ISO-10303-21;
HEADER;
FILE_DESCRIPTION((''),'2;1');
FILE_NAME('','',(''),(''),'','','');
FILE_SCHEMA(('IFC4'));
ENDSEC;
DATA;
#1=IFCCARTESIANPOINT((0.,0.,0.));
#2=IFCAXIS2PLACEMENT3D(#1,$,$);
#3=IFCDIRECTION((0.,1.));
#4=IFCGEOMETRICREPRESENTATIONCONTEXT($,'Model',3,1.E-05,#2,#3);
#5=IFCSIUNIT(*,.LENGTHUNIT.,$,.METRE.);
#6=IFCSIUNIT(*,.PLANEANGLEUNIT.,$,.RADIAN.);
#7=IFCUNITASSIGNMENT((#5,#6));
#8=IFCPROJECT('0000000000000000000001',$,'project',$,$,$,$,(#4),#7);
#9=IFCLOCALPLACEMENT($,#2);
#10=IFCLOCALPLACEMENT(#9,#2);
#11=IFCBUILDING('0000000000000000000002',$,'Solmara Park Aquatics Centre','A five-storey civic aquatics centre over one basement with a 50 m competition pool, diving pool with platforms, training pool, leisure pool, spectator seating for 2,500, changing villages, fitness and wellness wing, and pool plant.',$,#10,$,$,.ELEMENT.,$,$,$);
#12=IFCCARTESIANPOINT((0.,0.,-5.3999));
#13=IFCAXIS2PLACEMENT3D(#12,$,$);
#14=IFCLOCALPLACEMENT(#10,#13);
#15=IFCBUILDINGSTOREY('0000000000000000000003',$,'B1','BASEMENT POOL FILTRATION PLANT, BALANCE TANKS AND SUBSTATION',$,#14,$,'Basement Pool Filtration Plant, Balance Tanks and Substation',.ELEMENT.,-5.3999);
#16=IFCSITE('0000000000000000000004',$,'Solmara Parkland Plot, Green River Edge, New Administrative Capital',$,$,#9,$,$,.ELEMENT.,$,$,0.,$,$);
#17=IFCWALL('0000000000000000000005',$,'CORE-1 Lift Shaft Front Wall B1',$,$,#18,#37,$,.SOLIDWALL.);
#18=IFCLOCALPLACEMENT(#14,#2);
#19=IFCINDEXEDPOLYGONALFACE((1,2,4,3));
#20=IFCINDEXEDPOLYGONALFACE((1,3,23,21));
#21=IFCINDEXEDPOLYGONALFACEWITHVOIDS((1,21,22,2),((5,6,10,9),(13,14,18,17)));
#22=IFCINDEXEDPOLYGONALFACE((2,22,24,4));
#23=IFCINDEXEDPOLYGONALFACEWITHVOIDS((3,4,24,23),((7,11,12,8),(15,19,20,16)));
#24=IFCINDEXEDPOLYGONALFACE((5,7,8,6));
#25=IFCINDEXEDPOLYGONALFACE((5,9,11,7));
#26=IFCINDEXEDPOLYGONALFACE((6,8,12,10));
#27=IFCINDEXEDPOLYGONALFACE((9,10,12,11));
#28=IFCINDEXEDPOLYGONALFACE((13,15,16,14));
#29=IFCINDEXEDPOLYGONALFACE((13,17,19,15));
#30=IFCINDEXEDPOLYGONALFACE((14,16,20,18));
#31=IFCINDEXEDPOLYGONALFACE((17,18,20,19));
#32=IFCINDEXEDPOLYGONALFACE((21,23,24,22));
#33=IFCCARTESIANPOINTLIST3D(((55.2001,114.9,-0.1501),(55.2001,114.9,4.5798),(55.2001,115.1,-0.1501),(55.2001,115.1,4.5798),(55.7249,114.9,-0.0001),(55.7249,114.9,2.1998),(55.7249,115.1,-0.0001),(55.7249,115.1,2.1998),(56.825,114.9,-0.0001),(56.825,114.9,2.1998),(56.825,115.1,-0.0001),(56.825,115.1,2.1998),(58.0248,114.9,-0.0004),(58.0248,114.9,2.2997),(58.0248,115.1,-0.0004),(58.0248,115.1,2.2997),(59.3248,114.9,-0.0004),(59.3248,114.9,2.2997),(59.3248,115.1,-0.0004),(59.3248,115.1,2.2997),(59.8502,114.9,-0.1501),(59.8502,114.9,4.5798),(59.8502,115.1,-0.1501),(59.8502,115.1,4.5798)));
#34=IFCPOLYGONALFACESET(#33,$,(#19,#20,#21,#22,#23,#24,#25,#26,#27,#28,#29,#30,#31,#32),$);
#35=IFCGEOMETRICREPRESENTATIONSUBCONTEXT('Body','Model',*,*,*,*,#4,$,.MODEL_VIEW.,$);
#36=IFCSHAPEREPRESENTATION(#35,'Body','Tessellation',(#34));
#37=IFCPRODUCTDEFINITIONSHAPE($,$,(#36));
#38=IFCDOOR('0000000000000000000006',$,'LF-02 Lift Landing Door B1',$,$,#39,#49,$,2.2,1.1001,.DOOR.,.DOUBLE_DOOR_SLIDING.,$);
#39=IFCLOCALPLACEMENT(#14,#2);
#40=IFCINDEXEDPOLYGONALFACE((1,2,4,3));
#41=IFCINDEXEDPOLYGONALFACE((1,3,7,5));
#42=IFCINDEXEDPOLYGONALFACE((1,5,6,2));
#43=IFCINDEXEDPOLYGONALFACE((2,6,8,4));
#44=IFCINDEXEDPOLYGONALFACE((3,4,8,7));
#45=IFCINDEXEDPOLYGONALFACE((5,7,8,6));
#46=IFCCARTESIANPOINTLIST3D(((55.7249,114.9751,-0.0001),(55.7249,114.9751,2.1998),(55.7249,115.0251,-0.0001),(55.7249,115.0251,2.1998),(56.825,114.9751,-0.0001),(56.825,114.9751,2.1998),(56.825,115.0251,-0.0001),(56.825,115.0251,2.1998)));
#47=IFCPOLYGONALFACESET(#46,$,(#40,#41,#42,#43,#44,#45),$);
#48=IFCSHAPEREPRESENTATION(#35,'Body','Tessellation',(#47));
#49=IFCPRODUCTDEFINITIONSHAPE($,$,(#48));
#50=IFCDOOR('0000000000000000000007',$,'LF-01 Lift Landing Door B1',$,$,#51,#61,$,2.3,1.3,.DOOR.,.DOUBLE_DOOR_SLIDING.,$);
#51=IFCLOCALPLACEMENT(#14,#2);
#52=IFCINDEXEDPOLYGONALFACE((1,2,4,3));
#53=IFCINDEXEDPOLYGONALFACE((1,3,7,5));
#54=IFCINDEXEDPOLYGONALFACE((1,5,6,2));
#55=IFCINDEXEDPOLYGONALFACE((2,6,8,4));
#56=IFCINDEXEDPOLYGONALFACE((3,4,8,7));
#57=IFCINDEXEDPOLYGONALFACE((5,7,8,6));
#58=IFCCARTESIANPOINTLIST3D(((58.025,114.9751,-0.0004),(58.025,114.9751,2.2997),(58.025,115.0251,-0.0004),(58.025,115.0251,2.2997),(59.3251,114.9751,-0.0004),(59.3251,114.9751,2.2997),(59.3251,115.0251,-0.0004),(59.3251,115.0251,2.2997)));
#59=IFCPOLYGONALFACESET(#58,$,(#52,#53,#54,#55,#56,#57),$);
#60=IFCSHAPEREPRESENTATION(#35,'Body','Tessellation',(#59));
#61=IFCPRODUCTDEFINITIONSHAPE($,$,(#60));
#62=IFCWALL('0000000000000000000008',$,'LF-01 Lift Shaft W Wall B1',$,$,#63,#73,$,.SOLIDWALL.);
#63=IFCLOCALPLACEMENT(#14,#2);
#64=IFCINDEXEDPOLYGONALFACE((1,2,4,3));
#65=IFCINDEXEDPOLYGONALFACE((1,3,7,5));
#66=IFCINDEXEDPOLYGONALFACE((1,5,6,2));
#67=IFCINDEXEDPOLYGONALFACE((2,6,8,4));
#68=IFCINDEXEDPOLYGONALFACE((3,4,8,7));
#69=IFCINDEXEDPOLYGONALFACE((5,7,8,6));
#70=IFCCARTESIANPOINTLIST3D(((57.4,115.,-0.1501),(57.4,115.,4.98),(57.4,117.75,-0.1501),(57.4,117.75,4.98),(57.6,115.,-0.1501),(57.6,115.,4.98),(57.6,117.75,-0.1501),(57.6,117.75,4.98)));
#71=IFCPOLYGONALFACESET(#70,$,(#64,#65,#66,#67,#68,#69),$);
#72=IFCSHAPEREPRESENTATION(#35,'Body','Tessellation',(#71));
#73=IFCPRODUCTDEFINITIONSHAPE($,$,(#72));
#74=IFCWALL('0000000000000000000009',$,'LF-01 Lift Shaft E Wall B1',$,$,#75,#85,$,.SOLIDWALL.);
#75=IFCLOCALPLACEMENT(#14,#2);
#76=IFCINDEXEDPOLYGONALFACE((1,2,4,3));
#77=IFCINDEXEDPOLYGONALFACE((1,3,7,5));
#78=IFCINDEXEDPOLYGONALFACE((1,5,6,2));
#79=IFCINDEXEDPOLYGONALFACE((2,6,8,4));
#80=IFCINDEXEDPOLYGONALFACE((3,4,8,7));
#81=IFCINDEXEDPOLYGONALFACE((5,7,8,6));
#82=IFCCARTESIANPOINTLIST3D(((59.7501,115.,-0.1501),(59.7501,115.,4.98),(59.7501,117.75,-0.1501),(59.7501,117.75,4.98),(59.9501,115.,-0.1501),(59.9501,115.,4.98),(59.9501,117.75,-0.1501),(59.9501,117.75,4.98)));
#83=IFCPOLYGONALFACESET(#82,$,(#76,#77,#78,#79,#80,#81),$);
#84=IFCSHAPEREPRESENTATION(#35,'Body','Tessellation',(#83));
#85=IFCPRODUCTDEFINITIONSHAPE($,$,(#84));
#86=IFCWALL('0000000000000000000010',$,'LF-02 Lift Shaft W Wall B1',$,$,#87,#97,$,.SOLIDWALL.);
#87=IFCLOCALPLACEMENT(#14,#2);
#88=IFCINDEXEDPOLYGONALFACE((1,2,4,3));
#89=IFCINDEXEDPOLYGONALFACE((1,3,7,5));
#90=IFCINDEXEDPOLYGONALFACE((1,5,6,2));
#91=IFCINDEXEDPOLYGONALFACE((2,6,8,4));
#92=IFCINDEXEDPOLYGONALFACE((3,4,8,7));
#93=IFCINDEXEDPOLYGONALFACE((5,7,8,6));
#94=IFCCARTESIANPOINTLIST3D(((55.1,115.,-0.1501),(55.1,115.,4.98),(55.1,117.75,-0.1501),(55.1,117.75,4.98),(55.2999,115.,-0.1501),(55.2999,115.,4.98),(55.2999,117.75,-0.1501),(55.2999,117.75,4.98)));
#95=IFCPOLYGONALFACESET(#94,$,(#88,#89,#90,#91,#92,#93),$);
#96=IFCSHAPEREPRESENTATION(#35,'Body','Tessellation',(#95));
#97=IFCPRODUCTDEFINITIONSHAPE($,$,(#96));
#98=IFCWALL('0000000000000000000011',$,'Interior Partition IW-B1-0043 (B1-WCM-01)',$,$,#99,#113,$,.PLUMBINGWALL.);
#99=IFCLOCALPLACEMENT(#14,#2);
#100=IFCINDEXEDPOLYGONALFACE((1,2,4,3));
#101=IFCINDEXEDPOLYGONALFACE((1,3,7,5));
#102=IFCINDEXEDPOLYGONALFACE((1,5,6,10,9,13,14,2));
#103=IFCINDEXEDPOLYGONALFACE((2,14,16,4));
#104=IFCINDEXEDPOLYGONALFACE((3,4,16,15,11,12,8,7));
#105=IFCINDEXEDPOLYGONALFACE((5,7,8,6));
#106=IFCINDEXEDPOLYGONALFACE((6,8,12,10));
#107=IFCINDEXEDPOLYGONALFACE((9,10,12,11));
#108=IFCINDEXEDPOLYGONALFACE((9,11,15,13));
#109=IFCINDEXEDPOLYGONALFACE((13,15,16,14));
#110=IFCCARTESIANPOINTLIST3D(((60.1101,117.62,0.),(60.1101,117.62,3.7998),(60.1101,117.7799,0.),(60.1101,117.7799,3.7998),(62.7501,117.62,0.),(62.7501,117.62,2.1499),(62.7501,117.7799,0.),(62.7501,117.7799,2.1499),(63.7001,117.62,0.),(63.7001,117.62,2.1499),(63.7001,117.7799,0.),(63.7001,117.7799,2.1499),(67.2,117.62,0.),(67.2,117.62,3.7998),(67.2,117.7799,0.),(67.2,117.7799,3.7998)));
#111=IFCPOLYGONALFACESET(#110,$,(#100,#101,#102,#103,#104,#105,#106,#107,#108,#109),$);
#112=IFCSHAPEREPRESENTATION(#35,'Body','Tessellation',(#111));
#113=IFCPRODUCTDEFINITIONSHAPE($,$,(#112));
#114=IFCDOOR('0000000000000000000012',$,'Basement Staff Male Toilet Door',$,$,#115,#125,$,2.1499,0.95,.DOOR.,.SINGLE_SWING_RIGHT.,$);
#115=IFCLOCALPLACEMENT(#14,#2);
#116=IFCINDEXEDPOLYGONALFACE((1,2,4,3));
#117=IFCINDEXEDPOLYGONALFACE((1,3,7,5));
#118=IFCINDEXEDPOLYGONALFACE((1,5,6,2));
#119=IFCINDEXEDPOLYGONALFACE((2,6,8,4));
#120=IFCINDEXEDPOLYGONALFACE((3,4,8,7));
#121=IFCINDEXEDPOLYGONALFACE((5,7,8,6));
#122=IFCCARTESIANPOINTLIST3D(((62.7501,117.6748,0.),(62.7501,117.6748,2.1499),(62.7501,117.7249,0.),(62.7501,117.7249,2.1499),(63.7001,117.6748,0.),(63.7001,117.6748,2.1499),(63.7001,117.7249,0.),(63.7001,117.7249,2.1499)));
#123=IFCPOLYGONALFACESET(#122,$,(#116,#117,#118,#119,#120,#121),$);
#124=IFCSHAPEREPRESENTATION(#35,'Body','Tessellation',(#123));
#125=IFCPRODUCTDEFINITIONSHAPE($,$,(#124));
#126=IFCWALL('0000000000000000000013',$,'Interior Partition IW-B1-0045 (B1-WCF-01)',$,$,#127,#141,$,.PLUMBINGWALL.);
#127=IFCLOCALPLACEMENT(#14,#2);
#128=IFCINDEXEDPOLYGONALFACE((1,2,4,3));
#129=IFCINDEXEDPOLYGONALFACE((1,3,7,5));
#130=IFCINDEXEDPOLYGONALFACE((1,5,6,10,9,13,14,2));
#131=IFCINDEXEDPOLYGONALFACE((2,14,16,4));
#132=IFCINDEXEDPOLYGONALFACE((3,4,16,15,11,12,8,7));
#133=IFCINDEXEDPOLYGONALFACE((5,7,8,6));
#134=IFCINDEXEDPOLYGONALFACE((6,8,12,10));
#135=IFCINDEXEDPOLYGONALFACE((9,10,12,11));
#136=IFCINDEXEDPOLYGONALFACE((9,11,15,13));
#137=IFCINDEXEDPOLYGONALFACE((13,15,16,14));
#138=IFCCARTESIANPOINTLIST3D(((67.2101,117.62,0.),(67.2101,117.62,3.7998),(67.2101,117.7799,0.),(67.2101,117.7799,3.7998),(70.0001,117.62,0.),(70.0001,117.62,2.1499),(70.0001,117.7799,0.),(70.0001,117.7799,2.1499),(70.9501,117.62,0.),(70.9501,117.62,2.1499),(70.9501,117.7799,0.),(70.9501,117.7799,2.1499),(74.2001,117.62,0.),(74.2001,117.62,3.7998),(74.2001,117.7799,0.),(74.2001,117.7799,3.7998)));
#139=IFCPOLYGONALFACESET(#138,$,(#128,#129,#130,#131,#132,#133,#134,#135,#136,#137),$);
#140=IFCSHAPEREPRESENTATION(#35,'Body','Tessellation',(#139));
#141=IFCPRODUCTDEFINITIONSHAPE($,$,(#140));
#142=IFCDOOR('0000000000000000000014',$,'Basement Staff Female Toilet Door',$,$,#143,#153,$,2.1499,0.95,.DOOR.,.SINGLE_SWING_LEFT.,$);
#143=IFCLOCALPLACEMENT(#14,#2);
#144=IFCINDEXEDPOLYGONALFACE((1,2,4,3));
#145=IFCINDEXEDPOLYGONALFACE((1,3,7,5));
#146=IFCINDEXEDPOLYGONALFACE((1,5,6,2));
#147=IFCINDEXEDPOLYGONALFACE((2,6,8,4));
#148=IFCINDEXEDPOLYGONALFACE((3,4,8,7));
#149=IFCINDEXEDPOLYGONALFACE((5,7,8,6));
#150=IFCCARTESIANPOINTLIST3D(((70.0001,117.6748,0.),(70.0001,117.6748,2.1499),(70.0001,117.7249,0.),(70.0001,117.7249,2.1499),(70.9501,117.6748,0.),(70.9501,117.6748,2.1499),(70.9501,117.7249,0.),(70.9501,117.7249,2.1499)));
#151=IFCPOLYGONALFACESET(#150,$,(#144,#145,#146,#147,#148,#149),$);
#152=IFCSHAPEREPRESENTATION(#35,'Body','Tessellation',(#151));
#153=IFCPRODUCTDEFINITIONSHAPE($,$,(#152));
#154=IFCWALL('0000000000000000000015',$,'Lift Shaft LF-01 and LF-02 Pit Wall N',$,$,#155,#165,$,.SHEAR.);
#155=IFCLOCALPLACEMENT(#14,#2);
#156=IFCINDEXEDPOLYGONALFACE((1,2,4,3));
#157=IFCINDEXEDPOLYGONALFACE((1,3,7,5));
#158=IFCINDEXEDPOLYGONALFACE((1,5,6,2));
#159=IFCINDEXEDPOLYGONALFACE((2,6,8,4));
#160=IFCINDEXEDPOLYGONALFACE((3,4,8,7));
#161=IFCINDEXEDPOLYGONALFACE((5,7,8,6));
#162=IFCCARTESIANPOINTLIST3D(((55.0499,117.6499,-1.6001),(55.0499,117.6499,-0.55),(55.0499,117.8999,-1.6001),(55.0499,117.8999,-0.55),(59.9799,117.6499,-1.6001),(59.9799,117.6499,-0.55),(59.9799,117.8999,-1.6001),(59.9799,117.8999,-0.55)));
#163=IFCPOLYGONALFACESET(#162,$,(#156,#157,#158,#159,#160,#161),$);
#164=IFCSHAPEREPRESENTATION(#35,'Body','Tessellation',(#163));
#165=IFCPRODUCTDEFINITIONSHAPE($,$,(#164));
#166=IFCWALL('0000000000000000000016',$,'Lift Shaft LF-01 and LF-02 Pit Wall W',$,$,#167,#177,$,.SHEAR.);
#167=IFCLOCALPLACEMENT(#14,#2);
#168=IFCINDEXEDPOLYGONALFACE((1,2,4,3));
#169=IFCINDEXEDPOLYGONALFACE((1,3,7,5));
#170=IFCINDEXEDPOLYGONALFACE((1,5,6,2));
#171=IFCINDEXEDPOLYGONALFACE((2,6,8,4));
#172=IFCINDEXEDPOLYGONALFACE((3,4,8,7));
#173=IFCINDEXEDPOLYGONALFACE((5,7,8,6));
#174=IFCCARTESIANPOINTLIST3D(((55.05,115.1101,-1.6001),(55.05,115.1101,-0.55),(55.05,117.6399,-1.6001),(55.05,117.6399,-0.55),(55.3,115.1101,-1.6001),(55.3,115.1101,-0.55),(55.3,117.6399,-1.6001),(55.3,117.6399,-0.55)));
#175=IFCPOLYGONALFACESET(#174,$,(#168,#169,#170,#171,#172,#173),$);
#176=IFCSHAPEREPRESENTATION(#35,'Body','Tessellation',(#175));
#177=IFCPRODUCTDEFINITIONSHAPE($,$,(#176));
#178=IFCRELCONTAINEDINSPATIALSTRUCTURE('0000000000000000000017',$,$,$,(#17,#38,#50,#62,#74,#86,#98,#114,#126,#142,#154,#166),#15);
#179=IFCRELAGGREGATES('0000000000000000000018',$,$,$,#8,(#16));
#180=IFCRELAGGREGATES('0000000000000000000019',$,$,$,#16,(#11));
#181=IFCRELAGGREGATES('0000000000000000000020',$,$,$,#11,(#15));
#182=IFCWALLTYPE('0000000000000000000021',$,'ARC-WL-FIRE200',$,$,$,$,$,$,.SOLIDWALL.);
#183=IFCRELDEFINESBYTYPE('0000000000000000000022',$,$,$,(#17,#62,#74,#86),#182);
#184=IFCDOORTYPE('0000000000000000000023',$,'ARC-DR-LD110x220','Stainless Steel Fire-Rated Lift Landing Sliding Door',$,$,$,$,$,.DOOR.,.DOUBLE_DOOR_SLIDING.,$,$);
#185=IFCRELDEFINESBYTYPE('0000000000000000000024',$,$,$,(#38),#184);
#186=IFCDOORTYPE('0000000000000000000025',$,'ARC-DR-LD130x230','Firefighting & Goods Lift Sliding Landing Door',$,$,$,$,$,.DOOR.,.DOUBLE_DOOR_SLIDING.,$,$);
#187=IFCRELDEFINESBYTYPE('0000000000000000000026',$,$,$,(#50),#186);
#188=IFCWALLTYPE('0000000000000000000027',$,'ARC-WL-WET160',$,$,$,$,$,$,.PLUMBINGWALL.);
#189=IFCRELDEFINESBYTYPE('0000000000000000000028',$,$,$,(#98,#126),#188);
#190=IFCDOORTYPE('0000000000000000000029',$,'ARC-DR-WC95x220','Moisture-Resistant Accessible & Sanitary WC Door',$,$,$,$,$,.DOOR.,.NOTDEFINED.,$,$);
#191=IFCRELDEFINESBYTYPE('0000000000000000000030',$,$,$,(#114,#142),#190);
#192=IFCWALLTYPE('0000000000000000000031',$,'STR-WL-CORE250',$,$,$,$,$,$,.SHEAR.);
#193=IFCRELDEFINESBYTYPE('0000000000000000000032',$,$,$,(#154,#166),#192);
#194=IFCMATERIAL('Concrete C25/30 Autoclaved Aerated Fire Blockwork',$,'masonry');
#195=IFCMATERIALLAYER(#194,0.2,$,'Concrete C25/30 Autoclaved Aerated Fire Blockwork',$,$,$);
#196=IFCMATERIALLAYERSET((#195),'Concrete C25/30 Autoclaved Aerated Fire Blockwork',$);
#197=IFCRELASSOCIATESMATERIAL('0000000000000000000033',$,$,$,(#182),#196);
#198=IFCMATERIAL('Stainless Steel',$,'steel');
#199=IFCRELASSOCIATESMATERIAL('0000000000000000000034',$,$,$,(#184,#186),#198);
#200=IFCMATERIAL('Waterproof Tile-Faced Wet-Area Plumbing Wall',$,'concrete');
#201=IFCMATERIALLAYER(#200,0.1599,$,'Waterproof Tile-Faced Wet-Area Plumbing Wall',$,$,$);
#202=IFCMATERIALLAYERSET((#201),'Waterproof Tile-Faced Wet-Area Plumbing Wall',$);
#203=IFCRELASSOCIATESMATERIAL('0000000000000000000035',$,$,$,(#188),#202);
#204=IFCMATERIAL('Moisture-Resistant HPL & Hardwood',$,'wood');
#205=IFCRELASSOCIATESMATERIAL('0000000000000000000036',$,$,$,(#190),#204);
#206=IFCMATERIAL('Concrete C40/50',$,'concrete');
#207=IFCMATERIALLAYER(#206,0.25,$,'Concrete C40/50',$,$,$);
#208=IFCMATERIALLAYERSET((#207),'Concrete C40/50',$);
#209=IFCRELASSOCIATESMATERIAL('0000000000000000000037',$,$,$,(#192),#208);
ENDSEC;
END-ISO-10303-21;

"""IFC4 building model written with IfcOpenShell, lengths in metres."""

from ifc_helpers import new_model, si_unit, direction, frame, frame_2d, origin, place, context, subcontext, project, spatial, rectangle, extrude, material, layer, layer_set, type_object, element, fill, save


model = new_model("IFC4")

# Units and contexts
model_context = context("Model", 3, precision=1e-05, world=origin(), true_north=direction((0.0, 1.0)))
body_context = subcontext(model_context, "Body", "Model", "MODEL_VIEW")
ifc_project = project(units=[si_unit("LENGTHUNIT", "METRE"), si_unit("PLANEANGLEUNIT", "RADIAN")], contexts=[model_context])

# Site, building, storey
site_placement = place(None, origin())
site = spatial("IfcSite", under=ifc_project, at=site_placement, Name="Solmara Parkland Plot, Green River Edge, New Administrative Capital", CompositionType="ELEMENT", RefElevation=0.0)
building_placement = place(site_placement, origin())
building = spatial("IfcBuilding", under=site, at=building_placement, Name="Solmara Park Aquatics Centre", Description="A five-storey civic aquatics centre over one basement with a 50 m competition pool, diving pool with platforms, training pool, leisure pool, spectator seating for 2,500, changing villages, fitness and wellness wing, and pool plant.", CompositionType="ELEMENT")
storey_placement = place(building_placement, frame((0.0, 0.0, -5.3999)))
storey = spatial("IfcBuildingStorey", under=building, at=storey_placement, Name="B1", Description="BASEMENT POOL FILTRATION PLANT, BALANCE TANKS AND SUBSTATION", LongName="Basement Pool Filtration Plant, Balance Tanks and Substation", CompositionType="ELEMENT", Elevation=-5.3999)

# Shared definitions
ifc_material_1 = material(Name="Concrete C40/50", Category="concrete")

# Wall, openings, doors
ifc_material_2 = material(Name="Concrete C25/30 Autoclaved Aerated Fire Blockwork", Category="masonry")
ifc_layer_1 = layer(ifc_material_2, 0.2, Name="Concrete C25/30 Autoclaved Aerated Fire Blockwork")
ifc_layer_set_1 = layer_set([ifc_layer_1], Name="Concrete C25/30 Autoclaved Aerated Fire Blockwork")
wall_type_1 = type_object("IfcWallType", Name="ARC-WL-FIRE200", PredefinedType="SOLIDWALL", material=ifc_layer_set_1)
wall_1_placement = place(storey_placement, frame((55.2, 115.0, -0.1501), z_axis=(0.0, 0.0, 1.0), x_axis=(1.0, 0.0, 0.0)))
wall_1 = element("IfcWall", 1, at=wall_1_placement, inside=storey, type_object=wall_type_1, Name="CORE-1 Lift Shaft Front Wall B1", PredefinedType="SOLIDWALL", context=body_context, shape_type="SweptSolid", body=[
    extrude(rectangle(XDim=4.6501, YDim=0.2, at=frame_2d((2.3252, 0.0))), origin(), (0.0, 0.0, 1.0), 4.73),
])
opening_1_placement = place(wall_1_placement, frame((2.825, 0.0, 0.1499)))
opening_1 = element("IfcOpeningElement", 2, at=opening_1_placement, cuts=wall_1, PredefinedType="OPENING", context=body_context, shape_type="SweptSolid", body=[
    extrude(rectangle(XDim=1.3, YDim=2.3, at=frame_2d((0.6499, 1.1499))), frame((0.0, 0.1099, 0.0), z_axis=(0.0, -1.0, 0.0), x_axis=(1.0, 0.0, 0.0)), (0.0, 0.0, 1.0), 0.22),
])
opening_2_placement = place(wall_1_placement, frame((0.5249, 0.0, 0.1499)))
opening_2 = element("IfcOpeningElement", 3, at=opening_2_placement, cuts=wall_1, PredefinedType="OPENING", context=body_context, shape_type="SweptSolid", body=[
    extrude(rectangle(XDim=1.1001, YDim=2.2, at=frame_2d((0.55, 1.1001))), frame((0.0, 0.1099, 0.0), z_axis=(0.0, -1.0, 0.0), x_axis=(1.0, 0.0, 0.0)), (0.0, 0.0, 1.0), 0.22),
])
ifc_material_3 = material(Name="Stainless Steel", Category="steel")
door_type_1 = type_object("IfcDoorType", Name="ARC-DR-LD110x220", Description="Stainless Steel Fire-Rated Lift Landing Sliding Door", OperationType="DOUBLE_DOOR_SLIDING", PredefinedType="DOOR", material=ifc_material_3)
door_1_placement = place(opening_2_placement, frame((1.1001, 0.0, 0.0), z_axis=(0.0, 0.0, 1.0), x_axis=(-1.0, 0.0, 0.0)))
door_1 = element("IfcDoor", 4, at=door_1_placement, inside=storey, type_object=door_type_1, Name="LF-02 Lift Landing Door B1", OperationType="DOUBLE_DOOR_SLIDING", OverallHeight=2.2, OverallWidth=1.1001, PredefinedType="DOOR", context=body_context, shape_type="SweptSolid", body=[
    extrude(rectangle(XDim=1.1001, YDim=2.2, at=frame_2d((0.55, 1.1001))), frame((0.0, 0.0249, 0.0), z_axis=(0.0, -1.0, 0.0), x_axis=(1.0, 0.0, 0.0)), (0.0, 0.0, 1.0), 0.05),
])
fill(opening_2, door_1)
door_type_2 = type_object("IfcDoorType", Name="ARC-DR-LD130x230", Description="Firefighting & Goods Lift Sliding Landing Door", OperationType="DOUBLE_DOOR_SLIDING", PredefinedType="DOOR", material=ifc_material_3)
door_2_placement = place(opening_1_placement, frame((1.3, 0.0, 0.0), z_axis=(0.0, 0.0, 1.0), x_axis=(-1.0, 0.0, 0.0)))
door_2 = element("IfcDoor", 5, at=door_2_placement, inside=storey, type_object=door_type_2, Name="LF-01 Lift Landing Door B1", OperationType="DOUBLE_DOOR_SLIDING", OverallHeight=2.3, OverallWidth=1.3, PredefinedType="DOOR", context=body_context, shape_type="SweptSolid", body=[
    extrude(rectangle(XDim=1.3, YDim=2.3, at=frame_2d((0.6499, 1.1499))), frame((0.0, 0.0249, 0.0), z_axis=(0.0, -1.0, 0.0), x_axis=(1.0, 0.0, 0.0)), (0.0, 0.0, 1.0), 0.05),
])
fill(opening_1, door_2)

# Walls
for number, where, z_axis, x_axis, name in (
    (6, (57.5, 115.0, -0.1501), (0.0, 0.0, 1.0), (0.0, 1.0, 0.0), "LF-01 Lift Shaft W Wall B1"),
    (7, (59.8501, 115.0, -0.1501), (0.0, 0.0, 1.0), (0.0, 1.0, 0.0), "LF-01 Lift Shaft E Wall B1"),
    (8, (55.2, 115.0, -0.1501), (0.0, 0.0, 1.0), (0.0, 1.0, 0.0), "LF-02 Lift Shaft W Wall B1"),
):
    element("IfcWall", number, at=place(storey_placement, frame(where, z_axis=z_axis, x_axis=x_axis)), inside=storey, type_object=wall_type_1, Name=name, PredefinedType="SOLIDWALL", context=body_context, shape_type="SweptSolid", body=[
        extrude(rectangle(XDim=2.75, YDim=0.2, at=frame_2d((1.375, 0.0))), origin(), (0.0, 0.0, 1.0), 5.1301),
    ])

# Walls, openings, doors
ifc_material_4 = material(Name="Waterproof Tile-Faced Wet-Area Plumbing Wall", Category="concrete")
ifc_layer_2 = layer(ifc_material_4, 0.1599, Name="Waterproof Tile-Faced Wet-Area Plumbing Wall")
ifc_layer_set_2 = layer_set([ifc_layer_2], Name="Waterproof Tile-Faced Wet-Area Plumbing Wall")
wall_type_2 = type_object("IfcWallType", Name="ARC-WL-WET160", PredefinedType="PLUMBINGWALL", material=ifc_layer_set_2)
wall_2_placement = place(storey_placement, frame((60.1101, 117.7, 0.0), z_axis=(0.0, 0.0, 1.0), x_axis=(1.0, 0.0, 0.0)))
wall_2 = element("IfcWall", 9, at=wall_2_placement, inside=storey, type_object=wall_type_2, Name="Interior Partition IW-B1-0043 (B1-WCM-01)", PredefinedType="PLUMBINGWALL", context=body_context, shape_type="SweptSolid", body=[
    extrude(rectangle(XDim=7.0898, YDim=0.1599, at=frame_2d((3.5449, 0.0))), origin(), (0.0, 0.0, 1.0), 3.7998),
])
opening_3_placement = place(wall_2_placement, frame((2.6399, 0.0, 0.0)))
opening_3 = element("IfcOpeningElement", 10, at=opening_3_placement, cuts=wall_2, PredefinedType="OPENING", context=body_context, shape_type="SweptSolid", body=[
    extrude(rectangle(XDim=0.95, YDim=2.1499, at=frame_2d((0.4751, 1.075))), frame((0.0, 0.0898, 0.0), z_axis=(0.0, -1.0, 0.0), x_axis=(1.0, 0.0, 0.0)), (0.0, 0.0, 1.0), 0.1799),
])
ifc_material_5 = material(Name="Moisture-Resistant HPL & Hardwood", Category="wood")
door_type_3 = type_object("IfcDoorType", Name="ARC-DR-WC95x220", Description="Moisture-Resistant Accessible & Sanitary WC Door", OperationType="NOTDEFINED", PredefinedType="DOOR", material=ifc_material_5)
door_3_placement = place(opening_3_placement, origin())
door_3 = element("IfcDoor", 11, at=door_3_placement, inside=storey, type_object=door_type_3, Name="Basement Staff Male Toilet Door", OperationType="SINGLE_SWING_RIGHT", OverallHeight=2.1499, OverallWidth=0.95, PredefinedType="DOOR", context=body_context, shape_type="SweptSolid", body=[
    extrude(rectangle(XDim=0.95, YDim=2.1499, at=frame_2d((0.4751, 1.075))), frame((0.0, 0.0249, 0.0), z_axis=(0.0, -1.0, 0.0), x_axis=(1.0, 0.0, 0.0)), (0.0, 0.0, 1.0), 0.05),
])
fill(opening_3, door_3)
wall_3_placement = place(storey_placement, frame((67.21, 117.7, 0.0), z_axis=(0.0, 0.0, 1.0), x_axis=(1.0, 0.0, 0.0)))
wall_3 = element("IfcWall", 12, at=wall_3_placement, inside=storey, type_object=wall_type_2, Name="Interior Partition IW-B1-0045 (B1-WCF-01)", PredefinedType="PLUMBINGWALL", context=body_context, shape_type="SweptSolid", body=[
    extrude(rectangle(XDim=6.99, YDim=0.1599, at=frame_2d((3.4951, 0.0))), origin(), (0.0, 0.0, 1.0), 3.7998),
])
opening_4_placement = place(wall_3_placement, frame((2.79, 0.0, 0.0)))
opening_4 = element("IfcOpeningElement", 13, at=opening_4_placement, cuts=wall_3, PredefinedType="OPENING", context=body_context, shape_type="SweptSolid", body=[
    extrude(rectangle(XDim=0.95, YDim=2.1499, at=frame_2d((0.4751, 1.075))), frame((0.0, 0.0898, 0.0), z_axis=(0.0, -1.0, 0.0), x_axis=(1.0, 0.0, 0.0)), (0.0, 0.0, 1.0), 0.1799),
])
door_4_placement = place(opening_4_placement, origin())
door_4 = element("IfcDoor", 14, at=door_4_placement, inside=storey, type_object=door_type_3, Name="Basement Staff Female Toilet Door", OperationType="SINGLE_SWING_LEFT", OverallHeight=2.1499, OverallWidth=0.95, PredefinedType="DOOR", context=body_context, shape_type="SweptSolid", body=[
    extrude(rectangle(XDim=0.95, YDim=2.1499, at=frame_2d((0.4751, 1.075))), frame((0.0, 0.0249, 0.0), z_axis=(0.0, -1.0, 0.0), x_axis=(1.0, 0.0, 0.0)), (0.0, 0.0, 1.0), 0.05),
])
fill(opening_4, door_4)

# Walls
ifc_layer_3 = layer(ifc_material_1, 0.25, Name="Concrete C40/50")
ifc_layer_set_3 = layer_set([ifc_layer_3], Name="Concrete C40/50")
wall_type_3 = type_object("IfcWallType", Name="STR-WL-CORE250", PredefinedType="SHEAR", material=ifc_layer_set_3)
wall_4_placement = place(storey_placement, frame((55.05, 117.7749, -1.6001), z_axis=(0.0, 0.0, 1.0), x_axis=(1.0, 0.0, 0.0)))
element("IfcWall", 15, at=wall_4_placement, inside=storey, type_object=wall_type_3, Name="Lift Shaft LF-01 and LF-02 Pit Wall N", PredefinedType="SHEAR", context=body_context, shape_type="SweptSolid", body=[
    extrude(rectangle(XDim=4.9299, YDim=0.25, at=frame_2d((2.4648, 0.0))), origin(), (0.0, 0.0, 1.0), 1.05),
])
for number, where, z_axis, x_axis, name in (
    (16, (55.175, 115.1101, -1.6001), (0.0, 0.0, 1.0), (0.0, 1.0, 0.0), "Lift Shaft LF-01 and LF-02 Pit Wall W"),
):
    element("IfcWall", number, at=place(storey_placement, frame(where, z_axis=z_axis, x_axis=x_axis)), inside=storey, type_object=wall_type_3, Name=name, PredefinedType="SHEAR", context=body_context, shape_type="SweptSolid", body=[
        extrude(rectangle(XDim=2.5298, YDim=0.25, at=frame_2d((1.2649, 0.0))), origin(), (0.0, 0.0, 1.0), 1.05),
    ])

save(model, "model.ifc")
